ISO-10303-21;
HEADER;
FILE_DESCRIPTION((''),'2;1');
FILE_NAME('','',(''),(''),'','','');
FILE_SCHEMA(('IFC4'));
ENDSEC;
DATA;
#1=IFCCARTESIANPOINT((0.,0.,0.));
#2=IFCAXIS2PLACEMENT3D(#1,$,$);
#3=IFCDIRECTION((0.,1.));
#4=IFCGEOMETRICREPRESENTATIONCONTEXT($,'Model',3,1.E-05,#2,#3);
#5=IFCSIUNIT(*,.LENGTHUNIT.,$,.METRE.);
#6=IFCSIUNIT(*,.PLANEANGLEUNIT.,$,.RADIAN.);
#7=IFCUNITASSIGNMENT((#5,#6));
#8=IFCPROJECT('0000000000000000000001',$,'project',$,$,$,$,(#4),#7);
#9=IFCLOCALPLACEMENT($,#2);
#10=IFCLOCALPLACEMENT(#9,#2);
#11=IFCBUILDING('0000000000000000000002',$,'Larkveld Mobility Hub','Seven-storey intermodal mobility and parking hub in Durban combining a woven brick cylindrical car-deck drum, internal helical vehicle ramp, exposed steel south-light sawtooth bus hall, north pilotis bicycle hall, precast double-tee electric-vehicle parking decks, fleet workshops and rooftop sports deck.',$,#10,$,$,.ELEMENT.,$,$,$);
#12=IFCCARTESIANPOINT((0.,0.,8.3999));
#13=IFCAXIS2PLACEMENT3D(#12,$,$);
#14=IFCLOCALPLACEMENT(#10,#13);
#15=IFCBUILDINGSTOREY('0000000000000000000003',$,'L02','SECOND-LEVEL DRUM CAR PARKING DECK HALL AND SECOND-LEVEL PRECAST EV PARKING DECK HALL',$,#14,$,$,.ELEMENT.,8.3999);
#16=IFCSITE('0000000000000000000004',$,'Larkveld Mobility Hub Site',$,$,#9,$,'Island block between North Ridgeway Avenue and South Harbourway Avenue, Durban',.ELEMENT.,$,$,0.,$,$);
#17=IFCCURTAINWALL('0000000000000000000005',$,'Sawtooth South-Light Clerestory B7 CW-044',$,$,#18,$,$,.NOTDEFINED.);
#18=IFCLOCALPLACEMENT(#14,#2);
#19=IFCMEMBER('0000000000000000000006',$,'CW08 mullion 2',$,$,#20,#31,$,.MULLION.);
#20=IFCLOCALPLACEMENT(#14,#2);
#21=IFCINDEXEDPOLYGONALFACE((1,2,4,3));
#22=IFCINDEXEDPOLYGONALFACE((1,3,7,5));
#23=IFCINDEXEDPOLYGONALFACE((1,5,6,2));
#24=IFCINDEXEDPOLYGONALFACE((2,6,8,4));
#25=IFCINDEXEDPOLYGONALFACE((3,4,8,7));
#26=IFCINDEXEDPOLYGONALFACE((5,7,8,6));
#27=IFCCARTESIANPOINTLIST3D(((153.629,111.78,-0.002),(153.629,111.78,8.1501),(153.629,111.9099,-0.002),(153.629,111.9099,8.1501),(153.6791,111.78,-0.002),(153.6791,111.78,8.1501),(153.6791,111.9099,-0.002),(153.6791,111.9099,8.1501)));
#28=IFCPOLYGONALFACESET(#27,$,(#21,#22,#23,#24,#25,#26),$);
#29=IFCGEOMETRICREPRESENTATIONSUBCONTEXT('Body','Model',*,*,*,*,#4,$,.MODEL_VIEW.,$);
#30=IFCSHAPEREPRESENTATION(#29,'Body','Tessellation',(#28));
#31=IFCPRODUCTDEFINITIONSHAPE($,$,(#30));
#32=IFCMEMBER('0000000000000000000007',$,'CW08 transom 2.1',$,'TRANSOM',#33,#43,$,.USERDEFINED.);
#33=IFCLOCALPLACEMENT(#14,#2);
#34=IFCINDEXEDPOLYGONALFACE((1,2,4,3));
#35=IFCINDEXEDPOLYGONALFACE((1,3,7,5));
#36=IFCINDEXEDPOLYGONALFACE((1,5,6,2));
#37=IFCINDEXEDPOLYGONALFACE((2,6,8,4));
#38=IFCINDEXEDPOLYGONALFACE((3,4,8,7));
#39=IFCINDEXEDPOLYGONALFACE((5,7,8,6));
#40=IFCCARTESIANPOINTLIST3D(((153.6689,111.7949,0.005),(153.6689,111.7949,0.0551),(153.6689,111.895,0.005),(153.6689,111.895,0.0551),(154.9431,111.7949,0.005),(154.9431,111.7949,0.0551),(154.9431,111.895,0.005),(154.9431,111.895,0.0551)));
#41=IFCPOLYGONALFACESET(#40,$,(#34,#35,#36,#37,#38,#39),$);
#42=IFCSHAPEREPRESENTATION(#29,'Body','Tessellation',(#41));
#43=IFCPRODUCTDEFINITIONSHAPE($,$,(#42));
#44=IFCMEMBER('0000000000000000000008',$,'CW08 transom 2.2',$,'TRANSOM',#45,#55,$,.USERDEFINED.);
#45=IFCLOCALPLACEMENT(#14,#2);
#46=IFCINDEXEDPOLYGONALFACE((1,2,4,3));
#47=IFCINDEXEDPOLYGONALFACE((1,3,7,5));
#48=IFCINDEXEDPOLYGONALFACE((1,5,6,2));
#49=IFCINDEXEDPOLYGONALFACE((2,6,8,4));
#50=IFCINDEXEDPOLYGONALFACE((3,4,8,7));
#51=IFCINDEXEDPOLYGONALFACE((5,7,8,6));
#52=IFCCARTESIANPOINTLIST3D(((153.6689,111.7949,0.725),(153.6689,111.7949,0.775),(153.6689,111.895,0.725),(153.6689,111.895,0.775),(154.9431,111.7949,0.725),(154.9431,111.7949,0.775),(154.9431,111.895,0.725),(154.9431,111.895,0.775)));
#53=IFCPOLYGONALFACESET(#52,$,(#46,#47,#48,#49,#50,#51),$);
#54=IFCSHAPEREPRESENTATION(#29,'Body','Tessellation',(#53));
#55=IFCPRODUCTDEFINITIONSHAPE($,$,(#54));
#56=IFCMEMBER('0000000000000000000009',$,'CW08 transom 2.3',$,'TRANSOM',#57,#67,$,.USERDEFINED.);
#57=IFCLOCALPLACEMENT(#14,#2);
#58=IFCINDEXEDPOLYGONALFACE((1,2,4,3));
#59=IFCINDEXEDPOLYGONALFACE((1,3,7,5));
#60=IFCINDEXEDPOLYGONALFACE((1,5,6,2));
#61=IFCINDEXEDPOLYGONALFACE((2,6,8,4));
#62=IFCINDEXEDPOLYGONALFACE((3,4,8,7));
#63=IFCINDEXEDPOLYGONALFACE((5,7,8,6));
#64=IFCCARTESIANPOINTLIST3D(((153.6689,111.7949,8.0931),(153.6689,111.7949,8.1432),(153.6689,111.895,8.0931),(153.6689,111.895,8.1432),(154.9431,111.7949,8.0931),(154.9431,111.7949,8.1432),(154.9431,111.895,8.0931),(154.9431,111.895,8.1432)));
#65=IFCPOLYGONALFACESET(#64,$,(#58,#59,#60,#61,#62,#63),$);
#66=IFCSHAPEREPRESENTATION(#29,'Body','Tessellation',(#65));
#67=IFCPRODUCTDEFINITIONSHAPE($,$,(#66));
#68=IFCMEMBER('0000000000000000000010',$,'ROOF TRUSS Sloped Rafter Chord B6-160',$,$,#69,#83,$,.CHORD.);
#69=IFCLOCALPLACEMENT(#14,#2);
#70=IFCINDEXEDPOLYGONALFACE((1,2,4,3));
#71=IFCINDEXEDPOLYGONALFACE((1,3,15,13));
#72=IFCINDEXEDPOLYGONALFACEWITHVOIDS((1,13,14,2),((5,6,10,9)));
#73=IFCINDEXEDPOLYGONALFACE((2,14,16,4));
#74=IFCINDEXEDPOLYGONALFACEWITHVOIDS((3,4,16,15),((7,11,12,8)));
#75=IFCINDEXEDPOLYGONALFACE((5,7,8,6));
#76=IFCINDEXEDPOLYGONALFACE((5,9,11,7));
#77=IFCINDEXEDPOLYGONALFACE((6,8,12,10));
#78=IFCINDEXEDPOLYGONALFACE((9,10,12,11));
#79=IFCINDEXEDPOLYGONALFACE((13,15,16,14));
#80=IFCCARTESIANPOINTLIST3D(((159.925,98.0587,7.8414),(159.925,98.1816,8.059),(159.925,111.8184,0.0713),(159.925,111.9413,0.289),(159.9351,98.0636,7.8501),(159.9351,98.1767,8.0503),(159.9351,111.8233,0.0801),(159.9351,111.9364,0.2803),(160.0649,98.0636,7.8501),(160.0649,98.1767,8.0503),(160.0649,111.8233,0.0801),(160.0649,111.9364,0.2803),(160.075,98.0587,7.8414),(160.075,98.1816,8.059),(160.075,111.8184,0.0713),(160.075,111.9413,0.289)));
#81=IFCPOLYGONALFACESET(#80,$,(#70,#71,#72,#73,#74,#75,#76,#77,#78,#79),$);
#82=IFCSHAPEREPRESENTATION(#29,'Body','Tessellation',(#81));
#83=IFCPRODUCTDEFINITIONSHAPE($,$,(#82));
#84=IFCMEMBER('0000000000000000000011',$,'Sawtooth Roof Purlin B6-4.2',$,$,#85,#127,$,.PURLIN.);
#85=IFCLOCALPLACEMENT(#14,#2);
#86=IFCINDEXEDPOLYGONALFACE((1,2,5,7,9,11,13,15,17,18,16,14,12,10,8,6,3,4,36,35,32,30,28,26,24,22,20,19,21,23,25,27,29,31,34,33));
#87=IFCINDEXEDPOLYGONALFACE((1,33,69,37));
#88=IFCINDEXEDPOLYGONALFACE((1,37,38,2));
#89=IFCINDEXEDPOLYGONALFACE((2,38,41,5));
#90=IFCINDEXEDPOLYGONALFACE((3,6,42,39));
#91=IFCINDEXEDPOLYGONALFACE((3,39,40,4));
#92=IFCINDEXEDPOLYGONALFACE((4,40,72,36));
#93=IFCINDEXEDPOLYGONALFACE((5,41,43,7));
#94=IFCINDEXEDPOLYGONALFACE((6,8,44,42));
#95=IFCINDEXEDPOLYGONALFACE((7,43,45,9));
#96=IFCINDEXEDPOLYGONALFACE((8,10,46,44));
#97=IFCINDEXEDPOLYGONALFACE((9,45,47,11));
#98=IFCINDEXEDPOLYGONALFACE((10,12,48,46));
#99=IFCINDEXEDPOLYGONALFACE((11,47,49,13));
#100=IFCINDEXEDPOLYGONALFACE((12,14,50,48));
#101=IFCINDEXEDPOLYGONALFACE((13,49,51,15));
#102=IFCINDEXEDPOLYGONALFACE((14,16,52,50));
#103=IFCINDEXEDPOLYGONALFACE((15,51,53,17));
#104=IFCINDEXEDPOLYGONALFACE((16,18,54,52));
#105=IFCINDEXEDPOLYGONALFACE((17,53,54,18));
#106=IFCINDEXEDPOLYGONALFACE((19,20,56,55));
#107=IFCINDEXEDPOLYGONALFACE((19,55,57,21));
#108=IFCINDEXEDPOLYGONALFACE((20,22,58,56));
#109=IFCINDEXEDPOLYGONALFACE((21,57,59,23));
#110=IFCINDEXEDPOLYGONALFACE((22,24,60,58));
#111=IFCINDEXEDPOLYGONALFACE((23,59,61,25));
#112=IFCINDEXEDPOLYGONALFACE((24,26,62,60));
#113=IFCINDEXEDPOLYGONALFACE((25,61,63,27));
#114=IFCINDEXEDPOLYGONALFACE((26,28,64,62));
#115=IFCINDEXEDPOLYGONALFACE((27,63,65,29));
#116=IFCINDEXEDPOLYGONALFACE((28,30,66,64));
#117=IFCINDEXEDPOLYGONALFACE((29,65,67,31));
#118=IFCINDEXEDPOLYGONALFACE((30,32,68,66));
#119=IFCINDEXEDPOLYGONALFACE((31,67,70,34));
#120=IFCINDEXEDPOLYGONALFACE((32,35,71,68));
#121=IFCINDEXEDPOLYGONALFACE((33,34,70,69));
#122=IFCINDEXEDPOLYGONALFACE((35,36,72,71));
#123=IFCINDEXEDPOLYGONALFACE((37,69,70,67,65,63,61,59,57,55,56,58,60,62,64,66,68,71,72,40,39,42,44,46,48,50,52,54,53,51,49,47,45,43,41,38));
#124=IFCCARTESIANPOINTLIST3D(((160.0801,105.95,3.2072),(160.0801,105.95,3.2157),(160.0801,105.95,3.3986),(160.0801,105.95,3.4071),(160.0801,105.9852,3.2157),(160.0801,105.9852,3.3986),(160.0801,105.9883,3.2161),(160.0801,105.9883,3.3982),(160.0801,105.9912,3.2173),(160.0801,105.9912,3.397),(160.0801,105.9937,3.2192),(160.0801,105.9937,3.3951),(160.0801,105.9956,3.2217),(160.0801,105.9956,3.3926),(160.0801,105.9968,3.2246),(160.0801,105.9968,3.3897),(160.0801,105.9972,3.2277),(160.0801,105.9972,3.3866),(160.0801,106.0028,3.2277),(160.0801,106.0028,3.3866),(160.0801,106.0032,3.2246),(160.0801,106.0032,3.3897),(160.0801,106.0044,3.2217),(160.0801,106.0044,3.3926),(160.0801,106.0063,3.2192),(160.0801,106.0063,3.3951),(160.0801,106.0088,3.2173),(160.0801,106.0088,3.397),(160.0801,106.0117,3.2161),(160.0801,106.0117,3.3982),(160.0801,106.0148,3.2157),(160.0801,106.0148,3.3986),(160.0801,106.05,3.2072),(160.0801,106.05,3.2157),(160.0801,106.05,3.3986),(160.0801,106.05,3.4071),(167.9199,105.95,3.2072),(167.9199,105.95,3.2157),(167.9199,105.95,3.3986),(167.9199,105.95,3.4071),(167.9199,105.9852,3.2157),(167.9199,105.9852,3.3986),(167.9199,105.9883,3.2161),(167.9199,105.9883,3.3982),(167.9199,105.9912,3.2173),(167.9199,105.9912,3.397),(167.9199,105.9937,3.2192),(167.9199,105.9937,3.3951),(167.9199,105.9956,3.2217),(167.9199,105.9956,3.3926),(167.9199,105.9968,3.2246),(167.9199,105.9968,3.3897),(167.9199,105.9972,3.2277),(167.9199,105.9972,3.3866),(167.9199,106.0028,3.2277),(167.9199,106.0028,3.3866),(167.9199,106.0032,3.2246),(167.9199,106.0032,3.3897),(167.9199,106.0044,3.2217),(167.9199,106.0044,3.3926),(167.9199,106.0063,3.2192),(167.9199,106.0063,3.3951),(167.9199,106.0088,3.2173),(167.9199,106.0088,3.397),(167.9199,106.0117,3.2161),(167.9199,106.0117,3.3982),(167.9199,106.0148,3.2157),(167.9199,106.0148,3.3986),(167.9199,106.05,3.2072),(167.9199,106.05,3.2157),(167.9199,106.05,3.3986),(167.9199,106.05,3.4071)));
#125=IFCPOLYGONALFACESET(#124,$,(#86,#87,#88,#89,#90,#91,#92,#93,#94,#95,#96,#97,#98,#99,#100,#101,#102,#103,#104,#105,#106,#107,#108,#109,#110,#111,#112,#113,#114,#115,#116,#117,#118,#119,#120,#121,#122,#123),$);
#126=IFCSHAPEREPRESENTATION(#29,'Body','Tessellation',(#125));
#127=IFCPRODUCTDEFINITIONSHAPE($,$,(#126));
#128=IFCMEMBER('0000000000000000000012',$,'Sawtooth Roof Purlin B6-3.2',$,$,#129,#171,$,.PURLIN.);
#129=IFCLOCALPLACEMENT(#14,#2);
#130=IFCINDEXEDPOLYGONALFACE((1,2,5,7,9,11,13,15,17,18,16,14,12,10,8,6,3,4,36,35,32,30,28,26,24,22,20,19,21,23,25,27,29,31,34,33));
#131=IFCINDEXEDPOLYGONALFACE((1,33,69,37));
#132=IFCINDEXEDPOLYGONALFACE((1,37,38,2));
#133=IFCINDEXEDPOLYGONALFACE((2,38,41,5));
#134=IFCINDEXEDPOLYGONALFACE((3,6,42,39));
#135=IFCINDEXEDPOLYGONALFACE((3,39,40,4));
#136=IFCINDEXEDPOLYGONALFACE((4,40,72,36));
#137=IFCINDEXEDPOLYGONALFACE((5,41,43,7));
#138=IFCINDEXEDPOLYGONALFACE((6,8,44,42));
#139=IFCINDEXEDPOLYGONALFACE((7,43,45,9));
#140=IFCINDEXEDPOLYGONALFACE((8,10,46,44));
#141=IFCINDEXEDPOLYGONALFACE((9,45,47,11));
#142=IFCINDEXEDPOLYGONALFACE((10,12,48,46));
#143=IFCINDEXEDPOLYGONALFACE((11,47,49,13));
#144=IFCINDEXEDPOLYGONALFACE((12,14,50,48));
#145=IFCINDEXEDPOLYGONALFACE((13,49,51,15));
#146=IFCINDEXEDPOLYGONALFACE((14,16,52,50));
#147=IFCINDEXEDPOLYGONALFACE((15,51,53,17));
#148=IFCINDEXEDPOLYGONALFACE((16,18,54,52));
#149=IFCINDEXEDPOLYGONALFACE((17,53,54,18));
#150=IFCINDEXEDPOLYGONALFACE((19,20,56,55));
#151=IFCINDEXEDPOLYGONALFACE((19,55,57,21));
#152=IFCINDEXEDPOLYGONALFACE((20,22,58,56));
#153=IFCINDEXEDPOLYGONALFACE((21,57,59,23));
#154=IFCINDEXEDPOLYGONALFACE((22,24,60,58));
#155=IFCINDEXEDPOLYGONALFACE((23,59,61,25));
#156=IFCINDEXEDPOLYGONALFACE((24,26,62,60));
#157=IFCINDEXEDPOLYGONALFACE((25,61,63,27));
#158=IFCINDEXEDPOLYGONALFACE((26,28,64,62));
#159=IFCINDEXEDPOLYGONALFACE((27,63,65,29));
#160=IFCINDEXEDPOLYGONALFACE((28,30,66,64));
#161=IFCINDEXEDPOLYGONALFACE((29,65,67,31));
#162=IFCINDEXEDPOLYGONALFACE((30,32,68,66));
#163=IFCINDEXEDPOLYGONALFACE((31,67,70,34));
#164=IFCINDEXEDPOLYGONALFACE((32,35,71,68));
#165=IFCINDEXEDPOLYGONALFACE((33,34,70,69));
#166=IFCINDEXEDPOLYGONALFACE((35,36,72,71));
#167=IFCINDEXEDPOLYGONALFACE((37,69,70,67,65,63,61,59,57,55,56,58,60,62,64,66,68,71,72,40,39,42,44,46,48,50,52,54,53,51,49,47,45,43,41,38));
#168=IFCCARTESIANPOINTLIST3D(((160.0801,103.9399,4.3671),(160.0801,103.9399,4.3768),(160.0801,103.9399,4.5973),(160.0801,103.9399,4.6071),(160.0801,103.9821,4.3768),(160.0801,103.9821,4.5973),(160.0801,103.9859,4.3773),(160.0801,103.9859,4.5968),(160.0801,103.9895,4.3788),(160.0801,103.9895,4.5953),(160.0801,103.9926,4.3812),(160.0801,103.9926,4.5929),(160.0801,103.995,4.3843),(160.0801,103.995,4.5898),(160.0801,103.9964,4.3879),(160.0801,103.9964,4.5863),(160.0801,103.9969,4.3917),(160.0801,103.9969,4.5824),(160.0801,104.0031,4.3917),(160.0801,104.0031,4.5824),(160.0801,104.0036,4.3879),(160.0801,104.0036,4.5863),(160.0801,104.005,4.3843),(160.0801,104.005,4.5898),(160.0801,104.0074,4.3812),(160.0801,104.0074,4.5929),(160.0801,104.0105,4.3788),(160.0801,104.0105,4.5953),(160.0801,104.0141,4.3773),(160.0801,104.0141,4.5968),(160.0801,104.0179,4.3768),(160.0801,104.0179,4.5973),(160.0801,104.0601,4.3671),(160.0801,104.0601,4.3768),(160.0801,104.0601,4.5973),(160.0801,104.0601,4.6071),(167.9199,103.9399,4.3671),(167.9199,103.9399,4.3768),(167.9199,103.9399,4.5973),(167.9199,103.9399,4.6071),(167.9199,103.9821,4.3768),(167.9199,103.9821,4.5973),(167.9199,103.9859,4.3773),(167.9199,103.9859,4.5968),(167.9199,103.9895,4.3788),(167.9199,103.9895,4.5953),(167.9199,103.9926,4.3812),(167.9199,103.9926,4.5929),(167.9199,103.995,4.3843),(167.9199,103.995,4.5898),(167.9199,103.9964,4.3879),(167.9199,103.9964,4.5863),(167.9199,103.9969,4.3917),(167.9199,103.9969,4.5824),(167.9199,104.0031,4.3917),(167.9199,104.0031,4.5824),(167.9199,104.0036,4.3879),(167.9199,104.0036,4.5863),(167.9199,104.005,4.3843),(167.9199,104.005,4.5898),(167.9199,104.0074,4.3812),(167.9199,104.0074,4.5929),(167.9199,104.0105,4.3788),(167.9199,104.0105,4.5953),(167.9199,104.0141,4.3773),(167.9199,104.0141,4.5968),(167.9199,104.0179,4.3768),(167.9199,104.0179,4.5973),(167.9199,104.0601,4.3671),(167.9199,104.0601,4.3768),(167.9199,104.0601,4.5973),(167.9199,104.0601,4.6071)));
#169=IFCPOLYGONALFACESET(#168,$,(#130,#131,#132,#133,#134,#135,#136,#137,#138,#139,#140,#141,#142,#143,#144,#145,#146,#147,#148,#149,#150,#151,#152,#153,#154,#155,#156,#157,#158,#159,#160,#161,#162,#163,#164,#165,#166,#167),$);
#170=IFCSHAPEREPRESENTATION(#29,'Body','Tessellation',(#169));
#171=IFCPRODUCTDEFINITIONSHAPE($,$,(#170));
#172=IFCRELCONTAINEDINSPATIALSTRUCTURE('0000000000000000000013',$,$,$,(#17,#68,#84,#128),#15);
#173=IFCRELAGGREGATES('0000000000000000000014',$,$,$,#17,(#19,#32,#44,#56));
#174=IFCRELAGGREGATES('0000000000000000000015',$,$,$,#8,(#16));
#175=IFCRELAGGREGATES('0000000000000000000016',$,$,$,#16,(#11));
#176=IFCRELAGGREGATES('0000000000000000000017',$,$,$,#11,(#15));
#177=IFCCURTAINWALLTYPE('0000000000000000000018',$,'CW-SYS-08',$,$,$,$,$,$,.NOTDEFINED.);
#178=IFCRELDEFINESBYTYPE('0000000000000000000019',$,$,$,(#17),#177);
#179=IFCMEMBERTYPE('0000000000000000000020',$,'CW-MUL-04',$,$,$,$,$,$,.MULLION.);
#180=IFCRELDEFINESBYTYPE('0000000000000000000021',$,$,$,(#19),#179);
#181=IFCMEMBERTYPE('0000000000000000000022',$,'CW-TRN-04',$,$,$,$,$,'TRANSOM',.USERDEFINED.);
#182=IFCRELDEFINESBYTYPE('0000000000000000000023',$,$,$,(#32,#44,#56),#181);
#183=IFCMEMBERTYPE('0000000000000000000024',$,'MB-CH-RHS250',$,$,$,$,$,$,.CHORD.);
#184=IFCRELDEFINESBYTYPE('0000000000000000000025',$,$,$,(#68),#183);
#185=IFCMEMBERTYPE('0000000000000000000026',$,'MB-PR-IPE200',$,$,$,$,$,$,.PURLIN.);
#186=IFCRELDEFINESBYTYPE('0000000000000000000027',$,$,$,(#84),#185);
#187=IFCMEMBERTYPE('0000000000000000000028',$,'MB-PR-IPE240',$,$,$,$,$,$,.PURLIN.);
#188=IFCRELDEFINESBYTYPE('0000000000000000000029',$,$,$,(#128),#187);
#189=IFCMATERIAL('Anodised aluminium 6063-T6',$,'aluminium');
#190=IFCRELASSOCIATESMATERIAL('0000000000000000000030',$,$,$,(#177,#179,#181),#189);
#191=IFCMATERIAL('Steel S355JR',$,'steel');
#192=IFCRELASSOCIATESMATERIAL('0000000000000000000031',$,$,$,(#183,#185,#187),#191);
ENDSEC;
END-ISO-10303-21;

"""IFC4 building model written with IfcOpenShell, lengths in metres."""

from ifc_helpers import new_model, si_unit, direction, frame, origin, origin_2d, place, context, subcontext, project, spatial, rectangle, hollow_rectangle, i_section, extrude, material, material_profile, profile_set, type_object, element, aggregate, save


model = new_model("IFC4")

# Units and contexts
model_context = context("Model", 3, precision=1e-05, world=origin(), true_north=direction((0.0, 1.0)))
body_context = subcontext(model_context, "Body", "Model", "MODEL_VIEW")
ifc_project = project(units=[si_unit("LENGTHUNIT", "METRE"), si_unit("PLANEANGLEUNIT", "RADIAN")], contexts=[model_context])

# Site, building, storey
site_placement = place(None, origin())
site = spatial("IfcSite", under=ifc_project, at=site_placement, Name="Larkveld Mobility Hub Site", LongName="Island block between North Ridgeway Avenue and South Harbourway Avenue, Durban", CompositionType="ELEMENT", RefElevation=0.0)
building_placement = place(site_placement, origin())
building = spatial("IfcBuilding", under=site, at=building_placement, Name="Larkveld Mobility Hub", Description="Seven-storey intermodal mobility and parking hub in Durban combining a woven brick cylindrical car-deck drum, internal helical vehicle ramp, exposed steel south-light sawtooth bus hall, north pilotis bicycle hall, precast double-tee electric-vehicle parking decks, fleet workshops and rooftop sports deck.", CompositionType="ELEMENT")
storey_placement = place(building_placement, frame((0.0, 0.0, 8.3999)))
storey = spatial("IfcBuildingStorey", under=building, at=storey_placement, Name="L02", Description="SECOND-LEVEL DRUM CAR PARKING DECK HALL AND SECOND-LEVEL PRECAST EV PARKING DECK HALL", CompositionType="ELEMENT", Elevation=8.3999)

# Curtain wall, members
ifc_material_1 = material(Name="Anodised aluminium 6063-T6", Category="aluminium")
curtain_wall_type = type_object("IfcCurtainWallType", Name="CW-SYS-08", PredefinedType="NOTDEFINED", material=ifc_material_1)
curtain_wall_placement = place(storey_placement, origin())
curtain_wall = element("IfcCurtainWall", 1, at=curtain_wall_placement, inside=storey, type_object=curtain_wall_type, Name="Sawtooth South-Light Clerestory B7 CW-044", PredefinedType="NOTDEFINED")
ifc_material_profile_1 = material_profile(ifc_material_1, rectangle(XDim=0.05, YDim=0.1299, at=origin_2d()), Name="ALU MULL 50x130")
ifc_profile_set_1 = profile_set([ifc_material_profile_1], Name="Anodised aluminium 6063-T6")
member_type_1 = type_object("IfcMemberType", Name="CW-MUL-04", PredefinedType="MULLION", material=ifc_profile_set_1)
member_1_placement = place(storey_placement, frame((153.6541, 111.845, -0.002), z_axis=(0.0, 0.0, 1.0), x_axis=(1.0, 0.0, 0.0)))
member_1 = element("IfcMember", 2, at=member_1_placement, type_object=member_type_1, Name="CW08 mullion 2", PredefinedType="MULLION", context=body_context, shape_type="SweptSolid", body=[
    extrude(rectangle(XDim=0.05, YDim=0.1299, at=origin_2d()), origin(), (0.0, 0.0, 1.0), 8.1521),
])
ifc_material_profile_2 = material_profile(ifc_material_1, rectangle(XDim=0.1001, YDim=0.05, at=origin_2d()), Name="ALU TRAN 50x100")
ifc_profile_set_2 = profile_set([ifc_material_profile_2], Name="Anodised aluminium 6063-T6")
member_type_2 = type_object("IfcMemberType", Name="CW-TRN-04", ElementType="TRANSOM", PredefinedType="USERDEFINED", material=ifc_profile_set_2)
member_2_placement = place(storey_placement, frame((153.6689, 111.845, 0.03), z_axis=(1.0, 0.0, 0.0), x_axis=(0.0, 1.0, 0.0)))
member_2 = element("IfcMember", 3, at=member_2_placement, type_object=member_type_2, Name="CW08 transom 2.1", ObjectType="TRANSOM", PredefinedType="USERDEFINED", context=body_context, shape_type="SweptSolid", body=[
    extrude(rectangle(XDim=0.1001, YDim=0.05, at=origin_2d()), origin(), (0.0, 0.0, 1.0), 1.2742),
])
member_3_placement = place(storey_placement, frame((153.6689, 111.845, 0.75), z_axis=(1.0, 0.0, 0.0), x_axis=(0.0, 1.0, 0.0)))
member_3 = element("IfcMember", 4, at=member_3_placement, type_object=member_type_2, Name="CW08 transom 2.2", ObjectType="TRANSOM", PredefinedType="USERDEFINED", context=body_context, shape_type="SweptSolid", body=[
    extrude(rectangle(XDim=0.1001, YDim=0.05, at=origin_2d()), origin(), (0.0, 0.0, 1.0), 1.2742),
])
member_4_placement = place(storey_placement, frame((153.6689, 111.845, 8.1182), z_axis=(1.0, 0.0, 0.0), x_axis=(0.0, 1.0, 0.0)))
member_4 = element("IfcMember", 5, at=member_4_placement, type_object=member_type_2, Name="CW08 transom 2.3", ObjectType="TRANSOM", PredefinedType="USERDEFINED", context=body_context, shape_type="SweptSolid", body=[
    extrude(rectangle(XDim=0.1001, YDim=0.05, at=origin_2d()), origin(), (0.0, 0.0, 1.0), 1.2742),
])

# Members
ifc_material_2 = material(Name="Steel S355JR", Category="steel")
ifc_material_profile_3 = material_profile(ifc_material_2, hollow_rectangle(XDim=0.1499, YDim=0.25, WallThickness=0.01, at=origin_2d()), Name="RHS 250x150x10")
ifc_profile_set_3 = profile_set([ifc_material_profile_3], Name="Steel S355JR")
member_type_3 = type_object("IfcMemberType", Name="MB-CH-RHS250", PredefinedType="CHORD", material=ifc_profile_set_3)
member_5_placement = place(storey_placement, frame((160.0, 98.1201, 7.9502), z_axis=(0.0, 0.870759, -0.49171), x_axis=(-1.0, 0.0, 0.0)))
element("IfcMember", 6, at=member_5_placement, inside=storey, type_object=member_type_3, Name="ROOF TRUSS Sloped Rafter Chord B6-160", PredefinedType="CHORD", context=body_context, shape_type="SweptSolid", body=[
    extrude(hollow_rectangle(XDim=0.1499, YDim=0.25, WallThickness=0.01, at=origin_2d()), origin(), (0.0, 0.0, 1.0), 15.802),
])
ifc_material_profile_4 = material_profile(ifc_material_2, i_section(OverallWidth=0.1001, OverallDepth=0.2, WebThickness=0.0056, FlangeThickness=0.0085, FilletRadius=0.012, at=origin_2d()), Name="IPE 200")
ifc_profile_set_4 = profile_set([ifc_material_profile_4], Name="Steel S355JR")
member_type_4 = type_object("IfcMemberType", Name="MB-PR-IPE200", PredefinedType="PURLIN", material=ifc_profile_set_4)
member_6_placement = place(storey_placement, frame((160.0801, 106.0, 3.3071), z_axis=(1.0, 0.0, 0.0), x_axis=(0.0, 1.0, 0.0)))
element("IfcMember", 7, at=member_6_placement, inside=storey, type_object=member_type_4, Name="Sawtooth Roof Purlin B6-4.2", PredefinedType="PURLIN", context=body_context, shape_type="SweptSolid", body=[
    extrude(i_section(OverallWidth=0.1001, OverallDepth=0.2, WebThickness=0.0056, FlangeThickness=0.0085, FilletRadius=0.012, at=origin_2d()), origin(), (0.0, 0.0, 1.0), 7.8398),
])
ifc_material_profile_5 = material_profile(ifc_material_2, i_section(OverallWidth=0.1201, OverallDepth=0.24, WebThickness=0.0061, FlangeThickness=0.0098, FilletRadius=0.0149, at=origin_2d()), Name="IPE 240")
ifc_profile_set_5 = profile_set([ifc_material_profile_5], Name="Steel S355JR")
member_type_5 = type_object("IfcMemberType", Name="MB-PR-IPE240", PredefinedType="PURLIN", material=ifc_profile_set_5)
member_7_placement = place(storey_placement, frame((160.0801, 104.0, 4.4871), z_axis=(1.0, 0.0, 0.0), x_axis=(0.0, 1.0, 0.0)))
element("IfcMember", 8, at=member_7_placement, inside=storey, type_object=member_type_5, Name="Sawtooth Roof Purlin B6-3.2", PredefinedType="PURLIN", context=body_context, shape_type="SweptSolid", body=[
    extrude(i_section(OverallWidth=0.1201, OverallDepth=0.24, WebThickness=0.0061, FlangeThickness=0.0098, FilletRadius=0.0149, at=origin_2d()), origin(), (0.0, 0.0, 1.0), 7.8398),
])

aggregate(curtain_wall, [member_1, member_2, member_3, member_4])

save(model, "model.ifc")
